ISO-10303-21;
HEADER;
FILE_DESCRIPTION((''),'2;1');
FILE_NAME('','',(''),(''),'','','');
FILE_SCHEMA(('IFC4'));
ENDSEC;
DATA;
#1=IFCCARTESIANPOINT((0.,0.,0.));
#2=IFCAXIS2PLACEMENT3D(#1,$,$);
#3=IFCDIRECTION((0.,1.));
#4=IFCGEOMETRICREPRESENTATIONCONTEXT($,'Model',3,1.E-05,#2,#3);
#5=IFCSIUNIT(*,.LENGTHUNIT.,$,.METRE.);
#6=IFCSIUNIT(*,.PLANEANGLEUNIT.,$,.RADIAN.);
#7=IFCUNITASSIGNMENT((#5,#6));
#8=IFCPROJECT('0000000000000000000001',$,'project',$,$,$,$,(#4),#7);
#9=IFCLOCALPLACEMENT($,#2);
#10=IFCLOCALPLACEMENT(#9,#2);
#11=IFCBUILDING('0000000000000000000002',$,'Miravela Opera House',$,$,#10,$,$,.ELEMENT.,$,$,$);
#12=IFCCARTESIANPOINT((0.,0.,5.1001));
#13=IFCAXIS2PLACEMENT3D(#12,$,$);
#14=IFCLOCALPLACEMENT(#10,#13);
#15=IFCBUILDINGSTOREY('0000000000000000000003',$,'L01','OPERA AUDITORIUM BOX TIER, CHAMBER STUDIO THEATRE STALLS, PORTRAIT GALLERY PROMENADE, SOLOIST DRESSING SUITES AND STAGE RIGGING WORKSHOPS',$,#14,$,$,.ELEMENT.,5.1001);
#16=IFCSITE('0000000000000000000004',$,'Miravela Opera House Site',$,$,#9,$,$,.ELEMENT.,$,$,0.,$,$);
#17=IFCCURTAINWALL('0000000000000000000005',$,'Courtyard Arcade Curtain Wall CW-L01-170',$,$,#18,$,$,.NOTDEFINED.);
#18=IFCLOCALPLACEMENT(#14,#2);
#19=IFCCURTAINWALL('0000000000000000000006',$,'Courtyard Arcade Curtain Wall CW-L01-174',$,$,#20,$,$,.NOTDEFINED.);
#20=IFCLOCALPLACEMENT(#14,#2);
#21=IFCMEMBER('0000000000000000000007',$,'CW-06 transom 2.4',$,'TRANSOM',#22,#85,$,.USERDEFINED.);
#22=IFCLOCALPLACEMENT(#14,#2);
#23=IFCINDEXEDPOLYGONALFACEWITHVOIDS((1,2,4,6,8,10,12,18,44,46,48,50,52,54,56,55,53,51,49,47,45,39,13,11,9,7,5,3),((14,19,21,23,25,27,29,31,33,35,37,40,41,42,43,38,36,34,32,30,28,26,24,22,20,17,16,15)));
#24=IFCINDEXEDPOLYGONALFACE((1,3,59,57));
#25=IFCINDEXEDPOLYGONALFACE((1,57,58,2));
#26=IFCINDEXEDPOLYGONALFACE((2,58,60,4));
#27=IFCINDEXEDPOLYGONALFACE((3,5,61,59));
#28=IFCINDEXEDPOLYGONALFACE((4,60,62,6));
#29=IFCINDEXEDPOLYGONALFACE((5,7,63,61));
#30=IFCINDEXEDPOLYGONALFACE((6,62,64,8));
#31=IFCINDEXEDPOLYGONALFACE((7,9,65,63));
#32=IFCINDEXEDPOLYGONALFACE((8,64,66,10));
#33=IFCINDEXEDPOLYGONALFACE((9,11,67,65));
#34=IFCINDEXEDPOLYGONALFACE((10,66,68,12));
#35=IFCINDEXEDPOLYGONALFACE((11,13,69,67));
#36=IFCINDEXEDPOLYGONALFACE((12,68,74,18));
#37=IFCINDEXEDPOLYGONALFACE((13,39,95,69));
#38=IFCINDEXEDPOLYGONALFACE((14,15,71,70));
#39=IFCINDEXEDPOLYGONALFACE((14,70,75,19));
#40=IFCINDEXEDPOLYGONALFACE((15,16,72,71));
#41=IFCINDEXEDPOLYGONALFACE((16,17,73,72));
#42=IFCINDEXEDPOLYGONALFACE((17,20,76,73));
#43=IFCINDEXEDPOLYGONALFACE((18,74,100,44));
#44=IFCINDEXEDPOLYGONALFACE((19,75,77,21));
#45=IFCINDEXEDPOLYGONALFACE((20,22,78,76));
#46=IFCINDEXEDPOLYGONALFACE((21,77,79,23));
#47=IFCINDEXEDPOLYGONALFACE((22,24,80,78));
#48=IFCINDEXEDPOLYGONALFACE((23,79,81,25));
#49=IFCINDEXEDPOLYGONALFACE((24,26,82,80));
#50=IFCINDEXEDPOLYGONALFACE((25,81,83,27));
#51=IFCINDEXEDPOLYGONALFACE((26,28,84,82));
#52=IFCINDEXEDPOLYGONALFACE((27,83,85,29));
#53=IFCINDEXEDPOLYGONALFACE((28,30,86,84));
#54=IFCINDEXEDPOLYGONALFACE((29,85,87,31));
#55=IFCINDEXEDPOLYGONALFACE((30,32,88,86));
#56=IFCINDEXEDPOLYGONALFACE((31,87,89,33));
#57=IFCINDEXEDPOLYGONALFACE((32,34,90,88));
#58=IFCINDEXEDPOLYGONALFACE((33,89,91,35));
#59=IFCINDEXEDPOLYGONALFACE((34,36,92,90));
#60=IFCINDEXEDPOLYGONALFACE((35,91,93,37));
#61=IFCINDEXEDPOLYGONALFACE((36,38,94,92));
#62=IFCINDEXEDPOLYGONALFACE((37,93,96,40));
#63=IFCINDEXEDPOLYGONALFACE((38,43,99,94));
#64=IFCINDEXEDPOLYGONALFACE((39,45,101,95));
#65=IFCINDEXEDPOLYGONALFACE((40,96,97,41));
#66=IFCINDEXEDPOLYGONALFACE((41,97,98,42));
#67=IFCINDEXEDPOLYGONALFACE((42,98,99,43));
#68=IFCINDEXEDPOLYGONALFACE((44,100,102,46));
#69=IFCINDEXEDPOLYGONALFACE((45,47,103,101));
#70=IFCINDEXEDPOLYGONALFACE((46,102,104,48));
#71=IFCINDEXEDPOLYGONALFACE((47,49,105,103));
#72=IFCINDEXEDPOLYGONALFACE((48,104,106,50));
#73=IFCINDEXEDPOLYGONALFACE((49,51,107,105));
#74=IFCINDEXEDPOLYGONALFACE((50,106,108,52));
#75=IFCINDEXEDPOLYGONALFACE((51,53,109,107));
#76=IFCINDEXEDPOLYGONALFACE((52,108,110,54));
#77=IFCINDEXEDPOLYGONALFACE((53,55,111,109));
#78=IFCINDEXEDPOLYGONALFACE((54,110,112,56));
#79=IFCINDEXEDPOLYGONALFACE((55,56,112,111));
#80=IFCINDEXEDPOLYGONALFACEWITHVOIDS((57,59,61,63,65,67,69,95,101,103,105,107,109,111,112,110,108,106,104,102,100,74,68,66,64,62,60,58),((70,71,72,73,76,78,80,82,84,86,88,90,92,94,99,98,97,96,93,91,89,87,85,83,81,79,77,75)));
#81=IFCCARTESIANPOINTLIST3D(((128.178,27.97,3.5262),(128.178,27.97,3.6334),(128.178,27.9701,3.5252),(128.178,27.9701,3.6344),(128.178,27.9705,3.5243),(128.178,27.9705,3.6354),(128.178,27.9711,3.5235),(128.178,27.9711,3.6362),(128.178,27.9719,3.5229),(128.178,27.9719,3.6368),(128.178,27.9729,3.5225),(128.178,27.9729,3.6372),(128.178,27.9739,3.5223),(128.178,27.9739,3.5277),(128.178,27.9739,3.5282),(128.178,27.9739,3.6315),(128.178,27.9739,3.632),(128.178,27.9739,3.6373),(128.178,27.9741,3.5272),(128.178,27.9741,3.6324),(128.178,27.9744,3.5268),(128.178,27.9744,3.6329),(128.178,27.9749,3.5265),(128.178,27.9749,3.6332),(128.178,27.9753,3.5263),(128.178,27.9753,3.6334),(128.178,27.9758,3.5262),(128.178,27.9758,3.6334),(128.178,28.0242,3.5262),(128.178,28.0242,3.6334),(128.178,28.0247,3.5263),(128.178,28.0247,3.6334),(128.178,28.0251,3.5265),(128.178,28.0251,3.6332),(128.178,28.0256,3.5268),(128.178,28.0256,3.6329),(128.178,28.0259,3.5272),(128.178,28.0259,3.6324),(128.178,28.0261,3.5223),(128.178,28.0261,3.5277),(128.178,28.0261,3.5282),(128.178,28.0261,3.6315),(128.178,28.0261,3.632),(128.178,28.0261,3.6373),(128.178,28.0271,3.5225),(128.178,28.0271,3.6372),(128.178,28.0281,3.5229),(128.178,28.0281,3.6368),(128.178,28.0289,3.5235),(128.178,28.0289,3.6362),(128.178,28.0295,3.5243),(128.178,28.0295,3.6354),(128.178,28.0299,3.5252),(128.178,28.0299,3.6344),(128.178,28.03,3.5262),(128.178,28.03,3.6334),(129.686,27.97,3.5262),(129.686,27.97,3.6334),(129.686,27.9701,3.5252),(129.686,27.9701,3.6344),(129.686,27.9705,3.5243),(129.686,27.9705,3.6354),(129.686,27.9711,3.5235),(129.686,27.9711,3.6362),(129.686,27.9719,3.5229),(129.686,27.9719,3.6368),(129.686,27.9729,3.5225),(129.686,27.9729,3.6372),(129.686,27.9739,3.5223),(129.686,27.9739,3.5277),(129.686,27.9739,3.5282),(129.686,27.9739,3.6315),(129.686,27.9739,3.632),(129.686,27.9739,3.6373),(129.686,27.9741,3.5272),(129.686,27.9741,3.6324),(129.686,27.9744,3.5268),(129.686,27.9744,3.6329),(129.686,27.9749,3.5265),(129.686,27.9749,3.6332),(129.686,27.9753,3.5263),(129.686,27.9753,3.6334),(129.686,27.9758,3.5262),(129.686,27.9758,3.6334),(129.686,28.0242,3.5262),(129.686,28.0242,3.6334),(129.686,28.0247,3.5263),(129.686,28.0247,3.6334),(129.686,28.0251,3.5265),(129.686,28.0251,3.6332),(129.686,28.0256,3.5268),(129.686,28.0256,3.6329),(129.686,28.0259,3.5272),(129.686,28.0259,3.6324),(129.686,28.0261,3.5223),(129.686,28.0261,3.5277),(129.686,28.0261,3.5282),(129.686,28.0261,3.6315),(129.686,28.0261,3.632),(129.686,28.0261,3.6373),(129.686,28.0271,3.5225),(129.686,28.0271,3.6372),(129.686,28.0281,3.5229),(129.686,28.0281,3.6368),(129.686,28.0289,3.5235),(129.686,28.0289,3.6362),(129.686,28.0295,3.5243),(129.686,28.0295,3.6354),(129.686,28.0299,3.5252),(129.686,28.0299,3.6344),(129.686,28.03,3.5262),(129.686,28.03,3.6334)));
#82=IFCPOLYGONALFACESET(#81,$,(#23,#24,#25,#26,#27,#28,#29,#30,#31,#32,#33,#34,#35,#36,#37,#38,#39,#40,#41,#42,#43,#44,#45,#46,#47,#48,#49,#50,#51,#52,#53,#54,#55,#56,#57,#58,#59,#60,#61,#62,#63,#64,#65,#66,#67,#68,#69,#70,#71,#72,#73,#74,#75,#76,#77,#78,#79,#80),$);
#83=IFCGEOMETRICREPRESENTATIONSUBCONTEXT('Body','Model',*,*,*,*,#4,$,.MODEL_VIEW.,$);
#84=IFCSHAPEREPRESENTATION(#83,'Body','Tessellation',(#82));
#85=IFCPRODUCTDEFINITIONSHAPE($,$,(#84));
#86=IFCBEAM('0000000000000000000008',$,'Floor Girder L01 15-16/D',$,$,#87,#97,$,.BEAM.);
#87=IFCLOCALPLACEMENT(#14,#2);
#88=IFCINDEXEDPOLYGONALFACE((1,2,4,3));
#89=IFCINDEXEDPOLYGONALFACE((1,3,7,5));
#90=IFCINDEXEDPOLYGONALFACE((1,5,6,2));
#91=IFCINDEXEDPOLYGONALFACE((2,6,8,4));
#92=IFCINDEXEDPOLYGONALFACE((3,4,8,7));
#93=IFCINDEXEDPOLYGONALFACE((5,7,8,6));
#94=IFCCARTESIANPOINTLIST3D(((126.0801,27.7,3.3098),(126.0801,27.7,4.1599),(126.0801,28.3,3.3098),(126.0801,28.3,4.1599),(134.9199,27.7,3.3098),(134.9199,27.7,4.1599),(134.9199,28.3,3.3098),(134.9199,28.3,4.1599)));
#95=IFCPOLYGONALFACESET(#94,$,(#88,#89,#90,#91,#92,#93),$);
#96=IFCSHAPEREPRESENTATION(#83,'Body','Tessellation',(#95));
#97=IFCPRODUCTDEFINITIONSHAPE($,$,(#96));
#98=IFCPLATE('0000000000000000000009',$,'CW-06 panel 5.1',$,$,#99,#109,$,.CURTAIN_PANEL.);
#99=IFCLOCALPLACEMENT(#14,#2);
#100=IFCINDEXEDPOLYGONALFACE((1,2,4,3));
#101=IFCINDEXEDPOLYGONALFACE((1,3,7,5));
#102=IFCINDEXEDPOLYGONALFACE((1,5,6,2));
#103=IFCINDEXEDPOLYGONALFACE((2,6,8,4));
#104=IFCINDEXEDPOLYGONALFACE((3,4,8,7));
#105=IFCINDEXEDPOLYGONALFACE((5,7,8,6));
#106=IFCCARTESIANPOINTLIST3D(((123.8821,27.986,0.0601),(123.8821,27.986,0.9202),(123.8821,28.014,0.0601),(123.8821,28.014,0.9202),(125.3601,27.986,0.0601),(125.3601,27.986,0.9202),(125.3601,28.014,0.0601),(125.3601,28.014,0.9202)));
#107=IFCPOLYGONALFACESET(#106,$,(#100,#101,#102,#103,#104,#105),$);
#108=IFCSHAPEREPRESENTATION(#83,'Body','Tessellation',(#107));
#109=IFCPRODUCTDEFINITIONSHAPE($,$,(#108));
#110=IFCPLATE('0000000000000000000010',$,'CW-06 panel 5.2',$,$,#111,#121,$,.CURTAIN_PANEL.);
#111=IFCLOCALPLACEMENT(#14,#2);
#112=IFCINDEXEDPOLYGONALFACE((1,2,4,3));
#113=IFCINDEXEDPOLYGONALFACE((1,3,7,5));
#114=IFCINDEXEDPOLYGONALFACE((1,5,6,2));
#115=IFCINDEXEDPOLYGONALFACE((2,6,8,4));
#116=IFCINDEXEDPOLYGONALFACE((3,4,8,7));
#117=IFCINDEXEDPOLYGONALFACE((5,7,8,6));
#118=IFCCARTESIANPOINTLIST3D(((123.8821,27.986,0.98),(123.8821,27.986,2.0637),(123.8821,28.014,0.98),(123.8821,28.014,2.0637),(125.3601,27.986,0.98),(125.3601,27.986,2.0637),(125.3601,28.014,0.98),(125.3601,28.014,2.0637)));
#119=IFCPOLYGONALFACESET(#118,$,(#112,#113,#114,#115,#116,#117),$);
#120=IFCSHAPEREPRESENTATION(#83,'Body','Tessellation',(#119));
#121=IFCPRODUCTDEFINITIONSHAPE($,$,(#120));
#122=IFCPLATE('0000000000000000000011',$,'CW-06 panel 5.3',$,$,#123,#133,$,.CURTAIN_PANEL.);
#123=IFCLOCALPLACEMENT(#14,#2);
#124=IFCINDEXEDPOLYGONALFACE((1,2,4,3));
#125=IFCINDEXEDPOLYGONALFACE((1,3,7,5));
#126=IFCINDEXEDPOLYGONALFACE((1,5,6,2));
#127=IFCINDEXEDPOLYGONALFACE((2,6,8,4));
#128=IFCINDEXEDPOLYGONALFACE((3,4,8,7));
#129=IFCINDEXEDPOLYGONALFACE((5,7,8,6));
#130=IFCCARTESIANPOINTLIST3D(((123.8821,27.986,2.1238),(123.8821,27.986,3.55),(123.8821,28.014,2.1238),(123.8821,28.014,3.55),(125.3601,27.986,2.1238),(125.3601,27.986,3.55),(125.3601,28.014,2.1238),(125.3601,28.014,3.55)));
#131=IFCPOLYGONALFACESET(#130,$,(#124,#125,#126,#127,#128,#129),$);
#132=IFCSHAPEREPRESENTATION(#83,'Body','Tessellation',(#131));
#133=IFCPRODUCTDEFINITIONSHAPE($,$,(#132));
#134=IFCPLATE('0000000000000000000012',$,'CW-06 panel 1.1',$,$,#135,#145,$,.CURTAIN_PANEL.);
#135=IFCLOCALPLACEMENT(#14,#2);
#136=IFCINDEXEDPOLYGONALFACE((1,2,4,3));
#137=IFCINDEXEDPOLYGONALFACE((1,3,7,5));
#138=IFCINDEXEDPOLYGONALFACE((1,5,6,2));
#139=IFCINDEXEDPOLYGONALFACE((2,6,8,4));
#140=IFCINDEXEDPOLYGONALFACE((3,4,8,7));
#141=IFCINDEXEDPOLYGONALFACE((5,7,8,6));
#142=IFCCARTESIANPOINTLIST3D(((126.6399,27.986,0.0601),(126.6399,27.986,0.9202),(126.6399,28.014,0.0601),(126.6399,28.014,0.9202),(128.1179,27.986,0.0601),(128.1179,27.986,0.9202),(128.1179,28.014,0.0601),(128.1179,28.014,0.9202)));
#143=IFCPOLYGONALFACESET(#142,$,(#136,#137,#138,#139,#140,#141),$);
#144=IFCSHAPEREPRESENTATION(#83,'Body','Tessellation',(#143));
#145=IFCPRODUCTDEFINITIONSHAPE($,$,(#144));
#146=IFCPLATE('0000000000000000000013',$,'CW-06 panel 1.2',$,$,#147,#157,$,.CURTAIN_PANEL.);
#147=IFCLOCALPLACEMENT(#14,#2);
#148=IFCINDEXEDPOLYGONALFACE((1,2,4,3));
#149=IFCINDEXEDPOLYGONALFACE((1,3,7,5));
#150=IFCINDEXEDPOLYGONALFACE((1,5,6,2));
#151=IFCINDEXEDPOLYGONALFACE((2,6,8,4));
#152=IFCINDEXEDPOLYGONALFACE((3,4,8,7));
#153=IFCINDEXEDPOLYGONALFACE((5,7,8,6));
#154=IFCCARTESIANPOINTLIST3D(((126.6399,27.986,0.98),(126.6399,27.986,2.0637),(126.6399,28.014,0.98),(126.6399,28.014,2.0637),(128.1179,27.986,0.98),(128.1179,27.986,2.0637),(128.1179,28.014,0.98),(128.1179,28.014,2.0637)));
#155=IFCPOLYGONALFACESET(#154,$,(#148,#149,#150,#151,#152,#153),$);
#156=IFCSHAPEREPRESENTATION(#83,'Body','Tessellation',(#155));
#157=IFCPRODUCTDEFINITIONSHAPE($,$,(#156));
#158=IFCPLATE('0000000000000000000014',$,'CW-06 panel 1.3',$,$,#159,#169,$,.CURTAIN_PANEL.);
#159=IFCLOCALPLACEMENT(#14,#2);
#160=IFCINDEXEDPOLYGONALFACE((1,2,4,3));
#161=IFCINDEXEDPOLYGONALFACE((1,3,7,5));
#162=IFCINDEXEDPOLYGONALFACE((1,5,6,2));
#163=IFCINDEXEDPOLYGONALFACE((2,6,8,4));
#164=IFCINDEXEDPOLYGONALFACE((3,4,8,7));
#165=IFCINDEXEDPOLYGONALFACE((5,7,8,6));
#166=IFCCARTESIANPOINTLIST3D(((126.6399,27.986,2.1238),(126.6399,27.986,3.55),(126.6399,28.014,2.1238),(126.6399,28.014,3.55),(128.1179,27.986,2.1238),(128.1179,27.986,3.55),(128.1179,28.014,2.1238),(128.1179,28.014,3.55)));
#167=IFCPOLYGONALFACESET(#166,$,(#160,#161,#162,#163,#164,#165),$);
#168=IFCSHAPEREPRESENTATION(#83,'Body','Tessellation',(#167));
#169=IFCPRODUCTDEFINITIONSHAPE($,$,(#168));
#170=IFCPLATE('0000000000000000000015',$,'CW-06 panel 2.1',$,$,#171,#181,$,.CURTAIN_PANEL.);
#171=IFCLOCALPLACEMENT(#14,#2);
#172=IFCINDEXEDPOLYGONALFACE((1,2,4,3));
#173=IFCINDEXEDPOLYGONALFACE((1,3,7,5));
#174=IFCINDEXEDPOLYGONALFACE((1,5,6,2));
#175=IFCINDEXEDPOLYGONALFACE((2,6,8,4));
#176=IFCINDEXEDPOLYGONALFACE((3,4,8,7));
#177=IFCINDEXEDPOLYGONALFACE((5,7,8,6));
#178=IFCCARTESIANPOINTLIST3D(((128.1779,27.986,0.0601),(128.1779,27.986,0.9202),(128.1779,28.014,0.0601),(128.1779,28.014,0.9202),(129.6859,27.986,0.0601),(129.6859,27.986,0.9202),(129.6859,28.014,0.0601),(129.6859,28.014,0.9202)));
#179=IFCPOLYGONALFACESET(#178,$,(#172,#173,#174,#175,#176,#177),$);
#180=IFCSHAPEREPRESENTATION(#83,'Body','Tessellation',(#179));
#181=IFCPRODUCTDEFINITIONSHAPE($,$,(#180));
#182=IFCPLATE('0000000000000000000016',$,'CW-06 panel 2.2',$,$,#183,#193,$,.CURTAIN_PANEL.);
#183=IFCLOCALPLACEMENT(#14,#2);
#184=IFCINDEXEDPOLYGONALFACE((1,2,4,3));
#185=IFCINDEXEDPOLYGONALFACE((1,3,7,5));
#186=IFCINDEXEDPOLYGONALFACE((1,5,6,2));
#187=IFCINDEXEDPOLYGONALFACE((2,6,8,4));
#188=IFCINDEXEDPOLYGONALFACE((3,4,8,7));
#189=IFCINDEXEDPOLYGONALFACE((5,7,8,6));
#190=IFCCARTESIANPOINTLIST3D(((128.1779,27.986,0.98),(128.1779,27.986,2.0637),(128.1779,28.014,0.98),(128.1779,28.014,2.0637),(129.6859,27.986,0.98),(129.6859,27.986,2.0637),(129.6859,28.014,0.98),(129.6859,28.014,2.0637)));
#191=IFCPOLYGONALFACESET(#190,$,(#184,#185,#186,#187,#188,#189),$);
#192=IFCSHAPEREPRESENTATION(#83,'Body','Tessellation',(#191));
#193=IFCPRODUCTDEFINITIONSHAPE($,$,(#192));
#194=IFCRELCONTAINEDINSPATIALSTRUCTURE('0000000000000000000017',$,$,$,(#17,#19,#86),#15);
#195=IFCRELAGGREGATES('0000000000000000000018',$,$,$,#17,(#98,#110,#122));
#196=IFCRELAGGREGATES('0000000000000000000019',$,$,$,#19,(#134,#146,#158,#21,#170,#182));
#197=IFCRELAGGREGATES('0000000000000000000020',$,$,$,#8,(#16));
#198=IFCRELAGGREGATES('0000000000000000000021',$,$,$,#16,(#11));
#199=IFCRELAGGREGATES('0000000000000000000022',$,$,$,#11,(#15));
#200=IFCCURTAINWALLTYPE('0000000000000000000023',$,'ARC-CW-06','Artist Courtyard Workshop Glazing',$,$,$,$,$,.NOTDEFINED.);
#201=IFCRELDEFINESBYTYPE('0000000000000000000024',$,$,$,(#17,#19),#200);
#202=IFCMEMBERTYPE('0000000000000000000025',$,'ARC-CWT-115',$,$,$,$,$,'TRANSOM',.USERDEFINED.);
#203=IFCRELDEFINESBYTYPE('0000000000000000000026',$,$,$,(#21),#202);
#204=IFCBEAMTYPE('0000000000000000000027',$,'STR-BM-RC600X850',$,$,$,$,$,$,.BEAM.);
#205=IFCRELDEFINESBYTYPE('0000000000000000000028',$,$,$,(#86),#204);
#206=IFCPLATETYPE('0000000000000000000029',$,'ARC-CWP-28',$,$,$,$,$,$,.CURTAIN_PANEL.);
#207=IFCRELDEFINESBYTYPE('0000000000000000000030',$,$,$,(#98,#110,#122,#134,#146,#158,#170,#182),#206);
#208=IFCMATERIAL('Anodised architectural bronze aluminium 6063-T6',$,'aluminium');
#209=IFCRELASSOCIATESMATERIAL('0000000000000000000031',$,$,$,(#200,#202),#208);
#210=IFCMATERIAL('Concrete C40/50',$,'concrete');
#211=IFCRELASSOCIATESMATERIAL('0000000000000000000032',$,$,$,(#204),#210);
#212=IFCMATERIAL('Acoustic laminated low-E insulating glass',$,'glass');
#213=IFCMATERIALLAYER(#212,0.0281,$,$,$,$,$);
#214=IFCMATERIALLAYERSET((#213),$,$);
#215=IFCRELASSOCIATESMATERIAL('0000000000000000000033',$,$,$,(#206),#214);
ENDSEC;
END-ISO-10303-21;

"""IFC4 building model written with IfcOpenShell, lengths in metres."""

from ifc_helpers import new_model, si_unit, direction, frame, origin, origin_2d, place, context, subcontext, project, spatial, rectangle, hollow_rectangle, extrude, material, layer, layer_set, material_profile, profile_set, type_object, element, aggregate, save


model = new_model("IFC4")

# Units and contexts
model_context = context("Model", 3, precision=1e-05, world=origin(), true_north=direction((0.0, 1.0)))
body_context = subcontext(model_context, "Body", "Model", "MODEL_VIEW")
ifc_project = project(units=[si_unit("LENGTHUNIT", "METRE"), si_unit("PLANEANGLEUNIT", "RADIAN")], contexts=[model_context])

# Site, building, storey
site_placement = place(None, origin())
site = spatial("IfcSite", under=ifc_project, at=site_placement, Name="Miravela Opera House Site", CompositionType="ELEMENT", RefElevation=0.0)
building_placement = place(site_placement, origin())
building = spatial("IfcBuilding", under=site, at=building_placement, Name="Miravela Opera House", CompositionType="ELEMENT")
storey_placement = place(building_placement, frame((0.0, 0.0, 5.1001)))
storey = spatial("IfcBuildingStorey", under=building, at=storey_placement, Name="L01", Description="OPERA AUDITORIUM BOX TIER, CHAMBER STUDIO THEATRE STALLS, PORTRAIT GALLERY PROMENADE, SOLOIST DRESSING SUITES AND STAGE RIGGING WORKSHOPS", CompositionType="ELEMENT", Elevation=5.1001)

# Curtain wall
ifc_material_1 = material(Name="Anodised architectural bronze aluminium 6063-T6", Category="aluminium")
curtain_wall_type = type_object("IfcCurtainWallType", Name="ARC-CW-06", Description="Artist Courtyard Workshop Glazing", PredefinedType="NOTDEFINED", material=ifc_material_1)
curtain_wall_1_placement = place(storey_placement, origin())
curtain_wall_1 = element("IfcCurtainWall", 1, at=curtain_wall_1_placement, inside=storey, type_object=curtain_wall_type, Name="Courtyard Arcade Curtain Wall CW-L01-170", PredefinedType="NOTDEFINED")

# Curtain wall
curtain_wall_2_placement = place(storey_placement, origin())
curtain_wall_2 = element("IfcCurtainWall", 2, at=curtain_wall_2_placement, inside=storey, type_object=curtain_wall_type, Name="Courtyard Arcade Curtain Wall CW-L01-174", PredefinedType="NOTDEFINED")

# Member
ifc_material_profile_1 = material_profile(ifc_material_1, hollow_rectangle(XDim=0.0601, YDim=0.115, WallThickness=0.0039, InnerFilletRadius=0.002, OuterFilletRadius=0.0039, at=origin_2d()), Name="CWT-60X115")
ifc_profile_set_1 = profile_set([ifc_material_profile_1])
member_type_1 = type_object("IfcMemberType", Name="ARC-CWT-115", ElementType="TRANSOM", PredefinedType="USERDEFINED", material=ifc_profile_set_1)
member_1_placement = place(storey_placement, frame((128.178, 28.0, 3.5798), z_axis=(1.0, 0.0, 0.0), x_axis=(0.0, 1.0, 0.0)))
member_1 = element("IfcMember", 3, at=member_1_placement, type_object=member_type_1, Name="CW-06 transom 2.4", ObjectType="TRANSOM", PredefinedType="USERDEFINED", context=body_context, shape_type="SweptSolid", body=[
    extrude(hollow_rectangle(XDim=0.0601, YDim=0.115, WallThickness=0.0039, InnerFilletRadius=0.002, OuterFilletRadius=0.0039, at=origin_2d()), origin(), (0.0, 0.0, 1.0), 1.5081),
])

# Beam
ifc_material_2 = material(Name="Concrete C40/50", Category="concrete")
ifc_material_profile_2 = material_profile(ifc_material_2, rectangle(XDim=0.6001, YDim=0.8501, at=origin_2d()), Name="RC-BM-600X850")
ifc_profile_set_2 = profile_set([ifc_material_profile_2])
beam_type = type_object("IfcBeamType", Name="STR-BM-RC600X850", PredefinedType="BEAM", material=ifc_profile_set_2)
beam_placement = place(storey_placement, frame((126.0801, 28.0, 3.7349), z_axis=(1.0, 0.0, 0.0), x_axis=(0.0, 1.0, 0.0)))
element("IfcBeam", 4, at=beam_placement, inside=storey, type_object=beam_type, Name="Floor Girder L01 15-16/D", PredefinedType="BEAM", context=body_context, shape_type="SweptSolid", body=[
    extrude(rectangle(XDim=0.6001, YDim=0.8501, at=origin_2d()), origin(), (0.0, 0.0, 1.0), 8.8398),
])

# Plates
ifc_material_3 = material(Name="Acoustic laminated low-E insulating glass", Category="glass")
ifc_layer = layer(ifc_material_3, 0.0281)
ifc_layer_set = layer_set([ifc_layer])
plate_type = type_object("IfcPlateType", Name="ARC-CWP-28", PredefinedType="CURTAIN_PANEL", material=ifc_layer_set)
plate_1_placement = place(storey_placement, frame((124.6211, 28.0, 0.0601), z_axis=(0.0, 0.0, 1.0), x_axis=(1.0, 0.0, 0.0)))
plate_1 = element("IfcPlate", 5, at=plate_1_placement, type_object=plate_type, Name="CW-06 panel 5.1", PredefinedType="CURTAIN_PANEL", context=body_context, shape_type="SweptSolid", body=[
    extrude(rectangle(XDim=1.478, YDim=0.0281, at=origin_2d()), origin(), (0.0, 0.0, 1.0), 0.8601),
])
plate_2_placement = place(storey_placement, frame((124.6211, 28.0, 0.98), z_axis=(0.0, 0.0, 1.0), x_axis=(1.0, 0.0, 0.0)))
plate_2 = element("IfcPlate", 6, at=plate_2_placement, type_object=plate_type, Name="CW-06 panel 5.2", PredefinedType="CURTAIN_PANEL", context=body_context, shape_type="SweptSolid", body=[
    extrude(rectangle(XDim=1.478, YDim=0.0281, at=origin_2d()), origin(), (0.0, 0.0, 1.0), 1.0837),
])
plate_3_placement = place(storey_placement, frame((124.6211, 28.0, 2.1238), z_axis=(0.0, 0.0, 1.0), x_axis=(1.0, 0.0, 0.0)))
plate_3 = element("IfcPlate", 7, at=plate_3_placement, type_object=plate_type, Name="CW-06 panel 5.3", PredefinedType="CURTAIN_PANEL", context=body_context, shape_type="SweptSolid", body=[
    extrude(rectangle(XDim=1.478, YDim=0.0281, at=origin_2d()), origin(), (0.0, 0.0, 1.0), 1.4263),
])
aggregate(curtain_wall_1, [plate_1, plate_2, plate_3])
plate_4_placement = place(storey_placement, frame((127.3789, 28.0, 0.0601), z_axis=(0.0, 0.0, 1.0), x_axis=(1.0, 0.0, 0.0)))
plate_4 = element("IfcPlate", 8, at=plate_4_placement, type_object=plate_type, Name="CW-06 panel 1.1", PredefinedType="CURTAIN_PANEL", context=body_context, shape_type="SweptSolid", body=[
    extrude(rectangle(XDim=1.478, YDim=0.0281, at=origin_2d()), origin(), (0.0, 0.0, 1.0), 0.8601),
])
plate_5_placement = place(storey_placement, frame((127.3789, 28.0, 0.98), z_axis=(0.0, 0.0, 1.0), x_axis=(1.0, 0.0, 0.0)))
plate_5 = element("IfcPlate", 9, at=plate_5_placement, type_object=plate_type, Name="CW-06 panel 1.2", PredefinedType="CURTAIN_PANEL", context=body_context, shape_type="SweptSolid", body=[
    extrude(rectangle(XDim=1.478, YDim=0.0281, at=origin_2d()), origin(), (0.0, 0.0, 1.0), 1.0837),
])
plate_6_placement = place(storey_placement, frame((127.3789, 28.0, 2.1238), z_axis=(0.0, 0.0, 1.0), x_axis=(1.0, 0.0, 0.0)))
plate_6 = element("IfcPlate", 10, at=plate_6_placement, type_object=plate_type, Name="CW-06 panel 1.3", PredefinedType="CURTAIN_PANEL", context=body_context, shape_type="SweptSolid", body=[
    extrude(rectangle(XDim=1.478, YDim=0.0281, at=origin_2d()), origin(), (0.0, 0.0, 1.0), 1.4263),
])
plate_7_placement = place(storey_placement, frame((128.9319, 28.0, 0.0601), z_axis=(0.0, 0.0, 1.0), x_axis=(1.0, 0.0, 0.0)))
plate_7 = element("IfcPlate", 11, at=plate_7_placement, type_object=plate_type, Name="CW-06 panel 2.1", PredefinedType="CURTAIN_PANEL", context=body_context, shape_type="SweptSolid", body=[
    extrude(rectangle(XDim=1.5081, YDim=0.0281, at=origin_2d()), origin(), (0.0, 0.0, 1.0), 0.8601),
])
plate_8_placement = place(storey_placement, frame((128.9319, 28.0, 0.98), z_axis=(0.0, 0.0, 1.0), x_axis=(1.0, 0.0, 0.0)))
plate_8 = element("IfcPlate", 12, at=plate_8_placement, type_object=plate_type, Name="CW-06 panel 2.2", PredefinedType="CURTAIN_PANEL", context=body_context, shape_type="SweptSolid", body=[
    extrude(rectangle(XDim=1.5081, YDim=0.0281, at=origin_2d()), origin(), (0.0, 0.0, 1.0), 1.0837),
])
aggregate(curtain_wall_2, [plate_4, plate_5, plate_6, member_1, plate_7, plate_8])

save(model, "model.ifc")
